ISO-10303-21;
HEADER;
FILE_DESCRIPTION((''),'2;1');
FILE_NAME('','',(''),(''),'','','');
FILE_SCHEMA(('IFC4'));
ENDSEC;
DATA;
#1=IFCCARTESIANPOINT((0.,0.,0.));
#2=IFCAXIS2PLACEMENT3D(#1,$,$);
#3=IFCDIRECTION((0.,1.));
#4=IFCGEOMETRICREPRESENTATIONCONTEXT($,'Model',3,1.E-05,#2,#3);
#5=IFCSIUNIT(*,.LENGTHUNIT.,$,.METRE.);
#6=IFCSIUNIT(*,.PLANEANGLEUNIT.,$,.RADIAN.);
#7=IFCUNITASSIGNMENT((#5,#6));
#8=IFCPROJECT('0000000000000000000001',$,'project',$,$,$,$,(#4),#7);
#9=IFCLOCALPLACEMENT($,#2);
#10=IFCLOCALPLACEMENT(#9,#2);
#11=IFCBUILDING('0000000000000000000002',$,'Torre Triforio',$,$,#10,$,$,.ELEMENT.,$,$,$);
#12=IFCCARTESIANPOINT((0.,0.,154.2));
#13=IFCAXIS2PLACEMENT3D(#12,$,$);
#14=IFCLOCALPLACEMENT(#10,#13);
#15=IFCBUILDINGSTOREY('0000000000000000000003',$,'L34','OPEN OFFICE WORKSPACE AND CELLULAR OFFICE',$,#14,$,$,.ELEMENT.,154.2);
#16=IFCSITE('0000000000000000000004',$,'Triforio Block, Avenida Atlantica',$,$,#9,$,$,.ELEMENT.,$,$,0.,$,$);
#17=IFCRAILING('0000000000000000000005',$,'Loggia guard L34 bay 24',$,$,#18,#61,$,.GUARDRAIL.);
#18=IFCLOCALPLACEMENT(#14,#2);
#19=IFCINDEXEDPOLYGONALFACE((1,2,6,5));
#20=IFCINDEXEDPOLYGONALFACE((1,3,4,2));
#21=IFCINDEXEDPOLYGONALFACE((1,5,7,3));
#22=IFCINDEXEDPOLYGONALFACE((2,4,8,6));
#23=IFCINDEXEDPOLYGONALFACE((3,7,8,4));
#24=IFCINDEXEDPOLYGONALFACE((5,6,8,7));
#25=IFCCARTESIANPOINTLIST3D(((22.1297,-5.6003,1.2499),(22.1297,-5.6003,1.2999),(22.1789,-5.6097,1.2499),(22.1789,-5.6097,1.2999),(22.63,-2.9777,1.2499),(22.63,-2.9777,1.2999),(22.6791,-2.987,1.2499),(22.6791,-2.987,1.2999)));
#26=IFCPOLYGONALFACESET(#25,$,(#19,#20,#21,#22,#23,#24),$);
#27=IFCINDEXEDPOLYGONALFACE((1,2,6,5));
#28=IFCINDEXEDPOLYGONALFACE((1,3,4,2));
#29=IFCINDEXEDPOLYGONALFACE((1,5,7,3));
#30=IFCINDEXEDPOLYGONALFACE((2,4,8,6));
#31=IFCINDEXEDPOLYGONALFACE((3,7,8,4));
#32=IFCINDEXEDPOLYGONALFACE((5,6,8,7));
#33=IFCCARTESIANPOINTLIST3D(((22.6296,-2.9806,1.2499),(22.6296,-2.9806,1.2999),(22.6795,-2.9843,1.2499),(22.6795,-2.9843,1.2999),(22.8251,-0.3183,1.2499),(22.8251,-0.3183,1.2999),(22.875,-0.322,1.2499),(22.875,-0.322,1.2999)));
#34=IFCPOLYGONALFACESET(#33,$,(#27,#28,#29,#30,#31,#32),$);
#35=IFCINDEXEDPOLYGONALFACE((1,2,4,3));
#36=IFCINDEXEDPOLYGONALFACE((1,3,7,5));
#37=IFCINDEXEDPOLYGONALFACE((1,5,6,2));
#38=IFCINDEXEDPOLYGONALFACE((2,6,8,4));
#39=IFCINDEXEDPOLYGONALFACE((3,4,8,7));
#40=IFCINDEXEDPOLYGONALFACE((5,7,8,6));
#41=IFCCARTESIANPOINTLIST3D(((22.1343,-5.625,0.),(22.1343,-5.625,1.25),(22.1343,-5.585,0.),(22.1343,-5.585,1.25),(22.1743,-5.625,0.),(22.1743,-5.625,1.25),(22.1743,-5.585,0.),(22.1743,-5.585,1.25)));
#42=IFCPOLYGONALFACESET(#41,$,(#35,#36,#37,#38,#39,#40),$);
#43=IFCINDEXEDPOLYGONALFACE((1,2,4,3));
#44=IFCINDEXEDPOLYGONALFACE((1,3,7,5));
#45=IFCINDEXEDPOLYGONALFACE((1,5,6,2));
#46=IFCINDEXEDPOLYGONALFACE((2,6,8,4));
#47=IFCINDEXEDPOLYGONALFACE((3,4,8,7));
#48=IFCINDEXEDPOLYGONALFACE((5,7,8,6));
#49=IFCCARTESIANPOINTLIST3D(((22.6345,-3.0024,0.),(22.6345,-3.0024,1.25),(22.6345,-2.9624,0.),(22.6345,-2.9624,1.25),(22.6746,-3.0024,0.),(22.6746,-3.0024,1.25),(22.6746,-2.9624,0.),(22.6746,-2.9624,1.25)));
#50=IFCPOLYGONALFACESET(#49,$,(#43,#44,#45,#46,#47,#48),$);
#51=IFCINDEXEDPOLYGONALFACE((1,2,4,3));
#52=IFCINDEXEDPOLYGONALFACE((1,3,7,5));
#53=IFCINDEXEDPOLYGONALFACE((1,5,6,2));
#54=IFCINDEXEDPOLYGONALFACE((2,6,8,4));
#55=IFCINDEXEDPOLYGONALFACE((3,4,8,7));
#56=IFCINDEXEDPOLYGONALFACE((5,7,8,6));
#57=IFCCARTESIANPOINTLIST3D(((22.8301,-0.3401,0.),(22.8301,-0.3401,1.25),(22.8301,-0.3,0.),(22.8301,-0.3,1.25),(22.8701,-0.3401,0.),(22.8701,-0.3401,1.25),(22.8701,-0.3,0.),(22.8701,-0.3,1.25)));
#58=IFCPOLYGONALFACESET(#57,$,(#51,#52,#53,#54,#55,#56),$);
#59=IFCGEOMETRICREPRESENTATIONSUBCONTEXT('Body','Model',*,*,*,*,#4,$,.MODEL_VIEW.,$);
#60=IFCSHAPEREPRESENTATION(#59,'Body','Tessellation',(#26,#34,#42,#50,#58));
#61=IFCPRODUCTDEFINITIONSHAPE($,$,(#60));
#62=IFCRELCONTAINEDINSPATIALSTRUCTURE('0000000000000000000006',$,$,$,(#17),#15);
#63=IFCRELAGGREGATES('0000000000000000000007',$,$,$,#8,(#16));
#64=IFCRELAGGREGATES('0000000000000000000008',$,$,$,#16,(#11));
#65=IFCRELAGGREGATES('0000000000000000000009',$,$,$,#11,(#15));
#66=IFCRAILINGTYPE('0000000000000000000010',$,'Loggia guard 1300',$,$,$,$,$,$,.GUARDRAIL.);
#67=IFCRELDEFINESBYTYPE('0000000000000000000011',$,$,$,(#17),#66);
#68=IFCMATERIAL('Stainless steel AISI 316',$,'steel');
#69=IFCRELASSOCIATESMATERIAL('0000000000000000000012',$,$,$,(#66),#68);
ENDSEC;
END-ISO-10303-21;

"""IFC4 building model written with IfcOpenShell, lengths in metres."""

from ifc_helpers import new_model, si_unit, direction, frame, origin, origin_2d, place, context, subcontext, project, spatial, rectangle, extrude, material, type_object, element, save


model = new_model("IFC4")

# Units and contexts
model_context = context("Model", 3, precision=1e-05, world=origin(), true_north=direction((0.0, 1.0)))
body_context = subcontext(model_context, "Body", "Model", "MODEL_VIEW")
ifc_project = project(units=[si_unit("LENGTHUNIT", "METRE"), si_unit("PLANEANGLEUNIT", "RADIAN")], contexts=[model_context])

# Site, building, storey
site_placement = place(None, origin())
site = spatial("IfcSite", under=ifc_project, at=site_placement, Name="Triforio Block, Avenida Atlantica", CompositionType="ELEMENT", RefElevation=0.0)
building_placement = place(site_placement, origin())
building = spatial("IfcBuilding", under=site, at=building_placement, Name="Torre Triforio", CompositionType="ELEMENT")
storey_placement = place(building_placement, frame((0.0, 0.0, 154.2)))
storey = spatial("IfcBuildingStorey", under=building, at=storey_placement, Name="L34", Description="OPEN OFFICE WORKSPACE AND CELLULAR OFFICE", CompositionType="ELEMENT", Elevation=154.2)

# Railing
ifc_material_1 = material(Name="Stainless steel AISI 316", Category="steel")
railing_type = type_object("IfcRailingType", Name="Loggia guard 1300", PredefinedType="GUARDRAIL", material=ifc_material_1)
railing_placement = place(storey_placement, frame((22.1543, -5.605, 0.0)))
element("IfcRailing", 1, at=railing_placement, inside=storey, type_object=railing_type, Name="Loggia guard L34 bay 24", PredefinedType="GUARDRAIL", context=body_context, shape_type="SweptSolid", body=[
    extrude(rectangle(XDim=0.05, YDim=0.05, at=origin_2d()), frame((0.0, 0.0, 1.2749), z_axis=(0.187368, 0.98229, 0.0), x_axis=(-0.98229, 0.187368, 0.0)), (0.0, 0.0, 1.0), 2.6699),
    extrude(rectangle(XDim=0.05, YDim=0.05, at=origin_2d()), frame((0.5002, 2.6226, 1.2749), z_axis=(0.073255, 0.997313, 0.0), x_axis=(-0.997313, 0.073255, 0.0)), (0.0, 0.0, 1.0), 2.6694),
    extrude(rectangle(XDim=0.04, YDim=0.04, at=origin_2d()), origin(), (0.0, 0.0, 1.0), 1.25),
    extrude(rectangle(XDim=0.04, YDim=0.04, at=origin_2d()), frame((0.5002, 2.6226, 0.0)), (0.0, 0.0, 1.0), 1.25),
    extrude(rectangle(XDim=0.04, YDim=0.04, at=origin_2d()), frame((0.6958, 5.2849, 0.0)), (0.0, 0.0, 1.0), 1.25),
])

save(model, "model.ifc")
